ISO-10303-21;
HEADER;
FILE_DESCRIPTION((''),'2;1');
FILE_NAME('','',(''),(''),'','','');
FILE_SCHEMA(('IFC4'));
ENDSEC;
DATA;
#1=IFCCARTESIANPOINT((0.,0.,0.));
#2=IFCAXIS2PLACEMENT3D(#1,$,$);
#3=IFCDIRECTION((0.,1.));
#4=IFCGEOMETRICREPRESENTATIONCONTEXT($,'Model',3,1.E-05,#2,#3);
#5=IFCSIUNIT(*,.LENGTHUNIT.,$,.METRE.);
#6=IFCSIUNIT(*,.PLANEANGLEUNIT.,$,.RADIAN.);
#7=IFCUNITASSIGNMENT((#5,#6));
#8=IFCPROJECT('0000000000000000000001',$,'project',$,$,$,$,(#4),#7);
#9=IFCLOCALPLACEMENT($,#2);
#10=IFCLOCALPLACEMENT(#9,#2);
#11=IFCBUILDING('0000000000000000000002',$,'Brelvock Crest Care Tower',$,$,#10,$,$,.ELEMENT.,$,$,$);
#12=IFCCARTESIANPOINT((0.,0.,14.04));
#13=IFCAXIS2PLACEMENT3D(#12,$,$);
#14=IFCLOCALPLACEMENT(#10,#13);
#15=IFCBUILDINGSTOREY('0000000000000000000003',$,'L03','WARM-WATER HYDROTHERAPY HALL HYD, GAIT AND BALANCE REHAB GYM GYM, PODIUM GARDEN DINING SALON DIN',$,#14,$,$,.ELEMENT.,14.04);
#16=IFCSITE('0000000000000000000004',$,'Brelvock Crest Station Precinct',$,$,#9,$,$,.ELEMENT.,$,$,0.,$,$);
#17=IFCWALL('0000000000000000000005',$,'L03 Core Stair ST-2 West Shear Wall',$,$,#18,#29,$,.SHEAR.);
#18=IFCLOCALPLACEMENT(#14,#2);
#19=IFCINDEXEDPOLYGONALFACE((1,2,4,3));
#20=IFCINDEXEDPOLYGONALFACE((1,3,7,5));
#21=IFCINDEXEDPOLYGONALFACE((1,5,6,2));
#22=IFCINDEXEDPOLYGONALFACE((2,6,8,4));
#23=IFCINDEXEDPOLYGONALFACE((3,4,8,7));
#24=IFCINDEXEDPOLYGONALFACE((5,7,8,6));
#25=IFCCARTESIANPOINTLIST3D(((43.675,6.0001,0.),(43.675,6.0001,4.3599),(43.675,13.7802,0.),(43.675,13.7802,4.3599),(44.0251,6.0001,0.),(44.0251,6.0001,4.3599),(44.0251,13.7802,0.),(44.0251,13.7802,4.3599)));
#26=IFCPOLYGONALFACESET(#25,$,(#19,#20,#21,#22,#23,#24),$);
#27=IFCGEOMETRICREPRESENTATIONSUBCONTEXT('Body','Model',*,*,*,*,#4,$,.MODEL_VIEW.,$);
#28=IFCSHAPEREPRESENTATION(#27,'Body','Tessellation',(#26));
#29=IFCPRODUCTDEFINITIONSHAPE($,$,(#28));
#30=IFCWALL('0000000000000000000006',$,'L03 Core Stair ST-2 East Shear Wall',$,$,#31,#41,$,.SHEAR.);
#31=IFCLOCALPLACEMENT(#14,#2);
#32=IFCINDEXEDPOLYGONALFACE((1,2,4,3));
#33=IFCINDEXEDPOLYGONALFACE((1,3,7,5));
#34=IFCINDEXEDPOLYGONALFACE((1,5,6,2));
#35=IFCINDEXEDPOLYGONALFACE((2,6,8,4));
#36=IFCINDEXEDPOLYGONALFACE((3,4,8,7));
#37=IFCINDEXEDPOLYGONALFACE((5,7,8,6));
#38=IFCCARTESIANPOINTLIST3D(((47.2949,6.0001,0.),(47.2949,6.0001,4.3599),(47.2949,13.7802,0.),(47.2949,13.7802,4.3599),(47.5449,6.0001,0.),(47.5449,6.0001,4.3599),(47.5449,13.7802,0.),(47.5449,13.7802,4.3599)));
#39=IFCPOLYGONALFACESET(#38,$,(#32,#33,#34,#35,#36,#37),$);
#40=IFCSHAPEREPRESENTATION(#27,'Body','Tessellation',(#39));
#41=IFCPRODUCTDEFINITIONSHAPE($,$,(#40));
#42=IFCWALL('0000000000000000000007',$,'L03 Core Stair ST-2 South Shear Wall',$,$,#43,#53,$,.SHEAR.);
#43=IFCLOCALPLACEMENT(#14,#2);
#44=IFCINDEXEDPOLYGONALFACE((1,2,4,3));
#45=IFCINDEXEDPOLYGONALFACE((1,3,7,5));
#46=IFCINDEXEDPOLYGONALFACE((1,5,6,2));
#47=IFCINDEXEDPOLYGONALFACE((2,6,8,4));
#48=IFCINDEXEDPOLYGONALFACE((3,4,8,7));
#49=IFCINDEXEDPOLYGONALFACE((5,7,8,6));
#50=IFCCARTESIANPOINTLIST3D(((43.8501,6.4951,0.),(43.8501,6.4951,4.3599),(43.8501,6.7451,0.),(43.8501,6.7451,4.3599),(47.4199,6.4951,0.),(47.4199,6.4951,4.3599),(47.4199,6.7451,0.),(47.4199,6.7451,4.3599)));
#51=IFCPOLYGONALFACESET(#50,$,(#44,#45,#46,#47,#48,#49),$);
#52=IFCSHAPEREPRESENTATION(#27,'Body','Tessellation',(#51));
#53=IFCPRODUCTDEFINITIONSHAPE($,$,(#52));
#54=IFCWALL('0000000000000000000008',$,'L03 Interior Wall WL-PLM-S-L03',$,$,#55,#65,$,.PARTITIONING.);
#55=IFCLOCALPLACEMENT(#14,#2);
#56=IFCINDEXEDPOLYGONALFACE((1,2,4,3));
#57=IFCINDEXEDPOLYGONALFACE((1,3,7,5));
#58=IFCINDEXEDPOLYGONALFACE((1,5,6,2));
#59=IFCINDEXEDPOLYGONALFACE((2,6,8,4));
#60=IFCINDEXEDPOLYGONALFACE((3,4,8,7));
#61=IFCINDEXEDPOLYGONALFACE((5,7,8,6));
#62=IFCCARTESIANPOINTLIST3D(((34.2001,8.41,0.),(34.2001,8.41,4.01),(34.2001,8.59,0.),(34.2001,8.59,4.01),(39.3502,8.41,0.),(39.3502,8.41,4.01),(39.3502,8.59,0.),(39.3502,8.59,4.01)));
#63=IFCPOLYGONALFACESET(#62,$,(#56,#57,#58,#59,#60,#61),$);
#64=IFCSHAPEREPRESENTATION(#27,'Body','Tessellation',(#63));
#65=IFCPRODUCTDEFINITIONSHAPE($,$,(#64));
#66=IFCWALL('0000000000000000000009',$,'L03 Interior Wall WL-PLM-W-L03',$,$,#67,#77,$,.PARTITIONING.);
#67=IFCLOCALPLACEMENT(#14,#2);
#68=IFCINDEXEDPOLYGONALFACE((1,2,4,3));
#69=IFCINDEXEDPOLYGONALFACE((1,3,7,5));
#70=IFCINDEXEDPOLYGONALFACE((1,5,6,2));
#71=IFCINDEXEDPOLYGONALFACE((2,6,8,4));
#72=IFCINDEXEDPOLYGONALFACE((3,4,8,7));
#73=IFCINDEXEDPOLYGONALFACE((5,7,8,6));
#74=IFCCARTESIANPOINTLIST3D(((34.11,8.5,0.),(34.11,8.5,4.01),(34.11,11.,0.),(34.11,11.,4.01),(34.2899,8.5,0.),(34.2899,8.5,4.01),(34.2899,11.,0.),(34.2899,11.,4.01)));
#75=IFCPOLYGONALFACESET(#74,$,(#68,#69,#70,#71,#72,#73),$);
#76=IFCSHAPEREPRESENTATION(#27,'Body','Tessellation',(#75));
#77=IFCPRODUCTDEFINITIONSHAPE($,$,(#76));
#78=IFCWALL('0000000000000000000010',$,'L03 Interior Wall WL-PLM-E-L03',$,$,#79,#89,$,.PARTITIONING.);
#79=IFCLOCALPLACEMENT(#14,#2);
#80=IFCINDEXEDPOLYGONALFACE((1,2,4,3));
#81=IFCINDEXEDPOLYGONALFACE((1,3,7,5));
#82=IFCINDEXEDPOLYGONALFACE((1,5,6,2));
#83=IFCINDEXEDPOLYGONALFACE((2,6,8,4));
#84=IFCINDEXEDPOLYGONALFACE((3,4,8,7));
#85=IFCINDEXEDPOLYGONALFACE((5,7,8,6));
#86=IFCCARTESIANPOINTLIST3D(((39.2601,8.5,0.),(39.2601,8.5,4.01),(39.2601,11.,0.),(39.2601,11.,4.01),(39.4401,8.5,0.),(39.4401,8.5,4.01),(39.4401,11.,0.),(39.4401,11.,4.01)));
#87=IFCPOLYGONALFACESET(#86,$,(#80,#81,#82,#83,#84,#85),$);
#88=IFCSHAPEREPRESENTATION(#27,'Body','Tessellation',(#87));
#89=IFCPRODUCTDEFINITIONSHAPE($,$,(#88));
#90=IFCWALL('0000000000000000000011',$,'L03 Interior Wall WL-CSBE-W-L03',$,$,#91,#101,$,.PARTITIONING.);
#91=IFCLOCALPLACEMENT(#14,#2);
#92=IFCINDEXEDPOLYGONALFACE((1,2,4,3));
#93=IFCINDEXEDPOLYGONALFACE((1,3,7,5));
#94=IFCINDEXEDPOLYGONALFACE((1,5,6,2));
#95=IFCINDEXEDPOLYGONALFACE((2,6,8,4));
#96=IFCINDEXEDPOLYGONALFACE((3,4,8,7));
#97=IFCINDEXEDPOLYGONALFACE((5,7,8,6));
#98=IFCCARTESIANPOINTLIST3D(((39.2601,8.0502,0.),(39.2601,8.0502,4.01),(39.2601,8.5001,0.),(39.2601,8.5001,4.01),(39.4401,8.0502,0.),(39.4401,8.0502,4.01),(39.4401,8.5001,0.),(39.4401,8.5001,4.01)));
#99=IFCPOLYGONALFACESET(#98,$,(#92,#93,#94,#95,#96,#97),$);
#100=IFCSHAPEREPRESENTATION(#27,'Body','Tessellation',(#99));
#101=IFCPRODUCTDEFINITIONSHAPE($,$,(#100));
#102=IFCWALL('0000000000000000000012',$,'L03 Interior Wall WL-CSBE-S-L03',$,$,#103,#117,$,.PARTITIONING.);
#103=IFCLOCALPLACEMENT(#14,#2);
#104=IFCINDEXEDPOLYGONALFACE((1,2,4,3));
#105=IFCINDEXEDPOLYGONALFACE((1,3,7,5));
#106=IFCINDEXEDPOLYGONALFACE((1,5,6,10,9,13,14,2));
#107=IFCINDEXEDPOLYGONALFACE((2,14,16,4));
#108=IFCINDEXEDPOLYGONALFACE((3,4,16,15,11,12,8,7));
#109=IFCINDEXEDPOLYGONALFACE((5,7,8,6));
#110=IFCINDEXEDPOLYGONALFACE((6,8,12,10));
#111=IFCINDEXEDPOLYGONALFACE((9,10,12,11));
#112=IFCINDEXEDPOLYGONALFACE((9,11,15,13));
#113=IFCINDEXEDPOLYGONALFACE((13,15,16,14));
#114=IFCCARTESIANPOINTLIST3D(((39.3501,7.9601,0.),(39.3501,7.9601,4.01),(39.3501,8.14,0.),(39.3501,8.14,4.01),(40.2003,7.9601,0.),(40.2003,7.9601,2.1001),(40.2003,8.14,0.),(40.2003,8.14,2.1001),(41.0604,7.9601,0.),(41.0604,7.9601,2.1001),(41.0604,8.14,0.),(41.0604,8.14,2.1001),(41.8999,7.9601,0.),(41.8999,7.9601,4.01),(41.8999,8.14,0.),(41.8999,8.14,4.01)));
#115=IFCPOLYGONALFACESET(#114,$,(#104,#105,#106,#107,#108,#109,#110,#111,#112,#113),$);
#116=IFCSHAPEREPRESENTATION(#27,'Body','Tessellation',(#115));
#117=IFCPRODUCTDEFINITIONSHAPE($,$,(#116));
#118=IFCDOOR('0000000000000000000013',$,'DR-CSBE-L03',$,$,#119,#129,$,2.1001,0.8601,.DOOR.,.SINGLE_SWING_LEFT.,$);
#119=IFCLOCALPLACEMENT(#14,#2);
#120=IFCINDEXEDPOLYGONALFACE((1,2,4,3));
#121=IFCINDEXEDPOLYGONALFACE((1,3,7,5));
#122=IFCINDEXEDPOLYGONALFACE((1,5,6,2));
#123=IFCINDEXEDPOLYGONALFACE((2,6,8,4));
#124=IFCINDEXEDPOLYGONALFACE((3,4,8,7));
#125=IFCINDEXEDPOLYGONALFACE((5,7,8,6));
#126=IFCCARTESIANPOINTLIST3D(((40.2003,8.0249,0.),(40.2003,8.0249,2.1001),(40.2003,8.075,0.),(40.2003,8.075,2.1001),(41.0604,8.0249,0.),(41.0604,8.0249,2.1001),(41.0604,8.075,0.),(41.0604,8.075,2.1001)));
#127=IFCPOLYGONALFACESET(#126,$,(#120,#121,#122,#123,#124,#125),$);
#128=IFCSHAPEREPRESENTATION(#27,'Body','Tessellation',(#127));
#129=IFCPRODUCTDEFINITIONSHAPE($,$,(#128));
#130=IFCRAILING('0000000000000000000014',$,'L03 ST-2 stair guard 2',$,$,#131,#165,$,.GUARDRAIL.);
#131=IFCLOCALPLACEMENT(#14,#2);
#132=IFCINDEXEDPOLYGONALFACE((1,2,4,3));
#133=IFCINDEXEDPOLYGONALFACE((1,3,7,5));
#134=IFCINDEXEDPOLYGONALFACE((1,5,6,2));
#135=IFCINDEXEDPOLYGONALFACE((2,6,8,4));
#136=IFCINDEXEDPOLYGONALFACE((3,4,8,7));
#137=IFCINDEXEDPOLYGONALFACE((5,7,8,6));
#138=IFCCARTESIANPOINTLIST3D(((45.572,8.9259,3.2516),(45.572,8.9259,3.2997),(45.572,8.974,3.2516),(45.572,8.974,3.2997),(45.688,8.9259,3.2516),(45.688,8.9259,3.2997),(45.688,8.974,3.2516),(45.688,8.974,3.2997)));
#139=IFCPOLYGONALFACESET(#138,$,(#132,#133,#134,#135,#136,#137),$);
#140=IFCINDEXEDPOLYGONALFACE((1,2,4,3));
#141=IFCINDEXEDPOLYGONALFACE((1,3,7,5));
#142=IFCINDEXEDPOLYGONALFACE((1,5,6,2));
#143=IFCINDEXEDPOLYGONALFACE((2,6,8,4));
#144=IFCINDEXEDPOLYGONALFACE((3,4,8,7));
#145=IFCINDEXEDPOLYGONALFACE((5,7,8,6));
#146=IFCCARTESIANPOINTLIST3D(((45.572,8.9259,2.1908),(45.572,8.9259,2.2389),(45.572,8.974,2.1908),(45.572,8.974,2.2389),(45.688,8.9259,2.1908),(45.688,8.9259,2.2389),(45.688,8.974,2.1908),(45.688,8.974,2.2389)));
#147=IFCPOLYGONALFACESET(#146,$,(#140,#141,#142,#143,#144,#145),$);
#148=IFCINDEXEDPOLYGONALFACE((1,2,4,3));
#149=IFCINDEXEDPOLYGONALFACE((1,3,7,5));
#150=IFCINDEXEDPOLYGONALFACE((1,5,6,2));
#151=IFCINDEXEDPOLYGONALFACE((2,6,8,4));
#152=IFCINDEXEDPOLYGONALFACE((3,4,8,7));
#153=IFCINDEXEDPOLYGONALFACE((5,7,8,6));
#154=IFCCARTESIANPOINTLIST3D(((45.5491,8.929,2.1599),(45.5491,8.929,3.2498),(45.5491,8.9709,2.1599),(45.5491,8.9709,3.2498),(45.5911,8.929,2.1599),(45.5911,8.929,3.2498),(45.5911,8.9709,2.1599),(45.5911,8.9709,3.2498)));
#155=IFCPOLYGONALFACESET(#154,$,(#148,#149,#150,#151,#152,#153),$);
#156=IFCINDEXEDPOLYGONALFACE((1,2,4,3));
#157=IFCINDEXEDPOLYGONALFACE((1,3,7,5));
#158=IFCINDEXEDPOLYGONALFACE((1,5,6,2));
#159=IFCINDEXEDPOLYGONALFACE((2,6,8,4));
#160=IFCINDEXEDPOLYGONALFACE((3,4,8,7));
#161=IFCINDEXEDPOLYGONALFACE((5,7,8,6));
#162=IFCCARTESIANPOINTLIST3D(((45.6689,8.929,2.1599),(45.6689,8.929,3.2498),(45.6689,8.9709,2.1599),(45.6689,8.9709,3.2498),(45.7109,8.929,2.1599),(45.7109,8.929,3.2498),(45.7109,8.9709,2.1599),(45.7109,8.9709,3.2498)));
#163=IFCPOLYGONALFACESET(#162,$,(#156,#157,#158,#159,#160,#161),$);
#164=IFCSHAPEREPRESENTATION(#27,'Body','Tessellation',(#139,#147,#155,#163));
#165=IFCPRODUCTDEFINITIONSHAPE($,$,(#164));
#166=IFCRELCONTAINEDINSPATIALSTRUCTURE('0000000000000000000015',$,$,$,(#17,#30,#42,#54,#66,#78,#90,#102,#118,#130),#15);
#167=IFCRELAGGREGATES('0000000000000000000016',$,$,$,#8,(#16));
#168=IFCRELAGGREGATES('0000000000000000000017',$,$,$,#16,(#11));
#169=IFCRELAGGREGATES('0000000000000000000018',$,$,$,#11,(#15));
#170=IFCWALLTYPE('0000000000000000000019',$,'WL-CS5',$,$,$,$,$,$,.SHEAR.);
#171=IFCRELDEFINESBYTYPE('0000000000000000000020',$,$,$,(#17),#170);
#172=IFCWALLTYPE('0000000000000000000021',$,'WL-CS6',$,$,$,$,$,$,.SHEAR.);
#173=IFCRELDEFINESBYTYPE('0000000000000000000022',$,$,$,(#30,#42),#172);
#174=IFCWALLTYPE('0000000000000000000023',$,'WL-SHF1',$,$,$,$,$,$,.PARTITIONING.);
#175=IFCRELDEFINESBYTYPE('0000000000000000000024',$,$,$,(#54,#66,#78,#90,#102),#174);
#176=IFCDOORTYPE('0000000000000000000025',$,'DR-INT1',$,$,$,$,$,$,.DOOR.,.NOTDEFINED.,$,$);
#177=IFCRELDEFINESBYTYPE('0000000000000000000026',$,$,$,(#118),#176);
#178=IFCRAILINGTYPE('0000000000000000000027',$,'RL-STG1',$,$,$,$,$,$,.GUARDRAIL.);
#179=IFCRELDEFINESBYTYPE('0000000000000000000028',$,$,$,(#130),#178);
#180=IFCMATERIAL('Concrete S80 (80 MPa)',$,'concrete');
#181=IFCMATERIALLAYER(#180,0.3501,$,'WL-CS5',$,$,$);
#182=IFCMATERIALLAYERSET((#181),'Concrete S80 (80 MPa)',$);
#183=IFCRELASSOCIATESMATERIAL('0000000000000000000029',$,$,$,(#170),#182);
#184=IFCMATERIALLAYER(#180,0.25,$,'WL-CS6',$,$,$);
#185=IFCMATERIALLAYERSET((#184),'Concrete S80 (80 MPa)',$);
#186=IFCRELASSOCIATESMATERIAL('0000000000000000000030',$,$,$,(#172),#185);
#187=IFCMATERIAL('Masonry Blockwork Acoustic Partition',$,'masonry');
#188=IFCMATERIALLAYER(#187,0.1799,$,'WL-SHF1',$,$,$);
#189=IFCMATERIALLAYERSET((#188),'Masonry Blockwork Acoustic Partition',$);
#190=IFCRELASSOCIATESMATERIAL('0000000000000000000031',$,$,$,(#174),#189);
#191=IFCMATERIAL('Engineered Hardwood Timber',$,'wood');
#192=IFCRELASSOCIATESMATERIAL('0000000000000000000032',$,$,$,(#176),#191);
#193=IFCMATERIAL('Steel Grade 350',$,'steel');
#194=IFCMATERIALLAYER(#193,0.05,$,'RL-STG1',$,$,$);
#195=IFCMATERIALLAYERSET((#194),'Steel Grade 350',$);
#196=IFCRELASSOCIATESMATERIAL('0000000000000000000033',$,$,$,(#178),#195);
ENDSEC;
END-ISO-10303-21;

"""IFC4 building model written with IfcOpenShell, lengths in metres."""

from ifc_helpers import new_model, si_unit, direction, frame, frame_2d, origin, origin_2d, place, context, subcontext, project, spatial, rectangle, extrude, source, transform, mapped, material, layer, layer_set, type_object, element, fill, save


model = new_model("IFC4")

# Units and contexts
model_context = context("Model", 3, precision=1e-05, world=origin(), true_north=direction((0.0, 1.0)))
body_context = subcontext(model_context, "Body", "Model", "MODEL_VIEW")
ifc_project = project(units=[si_unit("LENGTHUNIT", "METRE"), si_unit("PLANEANGLEUNIT", "RADIAN")], contexts=[model_context])

# Site, building, storey
site_placement = place(None, origin())
site = spatial("IfcSite", under=ifc_project, at=site_placement, Name="Brelvock Crest Station Precinct", CompositionType="ELEMENT", RefElevation=0.0)
building_placement = place(site_placement, origin())
building = spatial("IfcBuilding", under=site, at=building_placement, Name="Brelvock Crest Care Tower", CompositionType="ELEMENT")
storey_placement = place(building_placement, frame((0.0, 0.0, 14.04)))
storey = spatial("IfcBuildingStorey", under=building, at=storey_placement, Name="L03", Description="WARM-WATER HYDROTHERAPY HALL HYD, GAIT AND BALANCE REHAB GYM GYM, PODIUM GARDEN DINING SALON DIN", CompositionType="ELEMENT", Elevation=14.04)

# Shared definitions
ifc_material_1 = material(Name="Concrete S80 (80 MPa)", Category="concrete")

# Shared definitions
ifc_material_2 = material(Name="Steel Grade 350", Category="steel")

# Walls
ifc_layer_1 = layer(ifc_material_1, 0.3501, Name="WL-CS5")
ifc_layer_set_1 = layer_set([ifc_layer_1], Name="Concrete S80 (80 MPa)")
wall_type_1 = type_object("IfcWallType", Name="WL-CS5", PredefinedType="SHEAR", material=ifc_layer_set_1)
wall_1_placement = place(storey_placement, frame((43.8501, 6.0, 0.0), z_axis=(0.0, 0.0, 1.0), x_axis=(0.0, 1.0, 0.0)))
element("IfcWall", 1, at=wall_1_placement, inside=storey, type_object=wall_type_1, Name="L03 Core Stair ST-2 West Shear Wall", PredefinedType="SHEAR", context=body_context, shape_type="SweptSolid", body=[
    extrude(rectangle(XDim=7.78, YDim=0.3501, at=frame_2d((3.8901, 0.0))), origin(), (0.0, 0.0, 1.0), 4.3599),
])
ifc_layer_2 = layer(ifc_material_1, 0.25, Name="WL-CS6")
ifc_layer_set_2 = layer_set([ifc_layer_2], Name="Concrete S80 (80 MPa)")
wall_type_2 = type_object("IfcWallType", Name="WL-CS6", PredefinedType="SHEAR", material=ifc_layer_set_2)
wall_2_placement = place(storey_placement, frame((47.4199, 6.0, 0.0), z_axis=(0.0, 0.0, 1.0), x_axis=(0.0, 1.0, 0.0)))
element("IfcWall", 2, at=wall_2_placement, inside=storey, type_object=wall_type_2, Name="L03 Core Stair ST-2 East Shear Wall", PredefinedType="SHEAR", context=body_context, shape_type="SweptSolid", body=[
    extrude(rectangle(XDim=7.78, YDim=0.25, at=frame_2d((3.8901, 0.0))), origin(), (0.0, 0.0, 1.0), 4.3599),
])
wall_3_placement = place(storey_placement, frame((43.8501, 6.6201, 0.0), z_axis=(0.0, 0.0, 1.0), x_axis=(1.0, 0.0, 0.0)))
element("IfcWall", 3, at=wall_3_placement, inside=storey, type_object=wall_type_2, Name="L03 Core Stair ST-2 South Shear Wall", PredefinedType="SHEAR", context=body_context, shape_type="SweptSolid", body=[
    extrude(rectangle(XDim=3.5698, YDim=0.25, at=frame_2d((1.7849, 0.0))), origin(), (0.0, 0.0, 1.0), 4.3599),
])
ifc_material_3 = material(Name="Masonry Blockwork Acoustic Partition", Category="masonry")
ifc_layer_3 = layer(ifc_material_3, 0.1799, Name="WL-SHF1")
ifc_layer_set_3 = layer_set([ifc_layer_3], Name="Masonry Blockwork Acoustic Partition")
wall_type_3 = type_object("IfcWallType", Name="WL-SHF1", PredefinedType="PARTITIONING", material=ifc_layer_set_3)
wall_4_placement = place(storey_placement, frame((34.2, 8.5, 0.0), z_axis=(0.0, 0.0, 1.0), x_axis=(1.0, 0.0, 0.0)))
element("IfcWall", 4, at=wall_4_placement, inside=storey, type_object=wall_type_3, Name="L03 Interior Wall WL-PLM-S-L03", PredefinedType="PARTITIONING", context=body_context, shape_type="SweptSolid", body=[
    extrude(rectangle(XDim=5.1501, YDim=0.1799, at=frame_2d((2.5752, 0.0))), origin(), (0.0, 0.0, 1.0), 4.01),
])
for number, where, z_axis, x_axis, name in (
    (5, (34.2, 8.5, 0.0), (0.0, 0.0, 1.0), (0.0, 1.0, 0.0), "L03 Interior Wall WL-PLM-W-L03"),
    (6, (39.3501, 8.5, 0.0), (0.0, 0.0, 1.0), (0.0, 1.0, 0.0), "L03 Interior Wall WL-PLM-E-L03"),
):
    element("IfcWall", number, at=place(storey_placement, frame(where, z_axis=z_axis, x_axis=x_axis)), inside=storey, type_object=wall_type_3, Name=name, PredefinedType="PARTITIONING", context=body_context, shape_type="SweptSolid", body=[
        extrude(rectangle(XDim=2.5, YDim=0.1799, at=frame_2d((1.25, 0.0))), origin(), (0.0, 0.0, 1.0), 4.01),
    ])
wall_5_placement = place(storey_placement, frame((39.3501, 8.05, 0.0), z_axis=(0.0, 0.0, 1.0), x_axis=(0.0, 1.0, 0.0)))
element("IfcWall", 7, at=wall_5_placement, inside=storey, type_object=wall_type_3, Name="L03 Interior Wall WL-CSBE-W-L03", PredefinedType="PARTITIONING", context=body_context, shape_type="SweptSolid", body=[
    extrude(rectangle(XDim=0.45, YDim=0.1799, at=frame_2d((0.2251, 0.0))), origin(), (0.0, 0.0, 1.0), 4.01),
])

# Wall, opening, door
wall_6_placement = place(storey_placement, frame((39.3501, 8.05, 0.0), z_axis=(0.0, 0.0, 1.0), x_axis=(1.0, 0.0, 0.0)))
wall_6 = element("IfcWall", 8, at=wall_6_placement, inside=storey, type_object=wall_type_3, Name="L03 Interior Wall WL-CSBE-S-L03", PredefinedType="PARTITIONING", context=body_context, shape_type="SweptSolid", body=[
    extrude(rectangle(XDim=2.5498, YDim=0.1799, at=frame_2d((1.2749, 0.0))), origin(), (0.0, 0.0, 1.0), 4.01),
])
opening_placement = place(wall_6_placement, frame((0.8501, 0.0, 0.0)))
opening = element("IfcOpeningElement", 9, at=opening_placement, cuts=wall_6, PredefinedType="OPENING", context=body_context, shape_type="SweptSolid", body=[
    extrude(rectangle(XDim=0.8601, YDim=2.1001, at=origin_2d()), frame((0.4302, 0.1001, 1.05), z_axis=(0.0, -1.0, 0.0), x_axis=(1.0, 0.0, 0.0)), (0.0, 0.0, 1.0), 0.2),
])
ifc_material_4 = material(Name="Engineered Hardwood Timber", Category="wood")
door_type = type_object("IfcDoorType", Name="DR-INT1", OperationType="NOTDEFINED", PredefinedType="DOOR", material=ifc_material_4)
shared_shape_1 = source(origin(), body_context, "Body", "SweptSolid", [
    extrude(rectangle(XDim=0.8601, YDim=2.1001, at=origin_2d()), frame((0.4302, 0.0249, 1.05), z_axis=(0.0, -1.0, 0.0), x_axis=(1.0, 0.0, 0.0)), (0.0, 0.0, 1.0), 0.05),
])
door_placement = place(opening_placement, origin())
door = element("IfcDoor", 10, at=door_placement, inside=storey, type_object=door_type, Name="DR-CSBE-L03", OperationType="SINGLE_SWING_LEFT", OverallHeight=2.1001, OverallWidth=0.8601, PredefinedType="DOOR", context=body_context, shape_type="MappedRepresentation", body=[
    mapped(shared_shape_1, transform((0.0, 0.0, 0.0), x_axis=(1.0, 0.0, 0.0), y_axis=(0.0, 1.0, 0.0), z_axis=(0.0, 0.0, 1.0), scale=1.0)),
])
fill(opening, door)

# Railing
ifc_layer_4 = layer(ifc_material_2, 0.05, Name="RL-STG1")
ifc_layer_set_4 = layer_set([ifc_layer_4], Name="Steel Grade 350")
railing_type = type_object("IfcRailingType", Name="RL-STG1", PredefinedType="GUARDRAIL", material=ifc_layer_set_4)
railing_1_placement = place(storey_placement, frame((45.5701, 8.95, 2.1599)))
element("IfcRailing", 11, at=railing_1_placement, inside=storey, type_object=railing_type, Name="L03 ST-2 stair guard 2", PredefinedType="GUARDRAIL", context=body_context, shape_type="SweptSolid", body=[
    extrude(rectangle(XDim=0.0481, YDim=0.0481, at=origin_2d()), frame((0.002, 0.0, 1.1157), z_axis=(1.0, 0.0, 0.0), x_axis=(0.0, 1.0, 0.0)), (0.0, 0.0, 1.0), 0.116),
    extrude(rectangle(XDim=0.0481, YDim=0.0481, at=origin_2d()), frame((0.002, 0.0, 0.0549), z_axis=(1.0, 0.0, 0.0), x_axis=(0.0, 1.0, 0.0)), (0.0, 0.0, 1.0), 0.116),
    extrude(rectangle(XDim=0.042, YDim=0.042, at=origin_2d()), origin(), (0.0, 0.0, 1.0), 1.0898),
    extrude(rectangle(XDim=0.042, YDim=0.042, at=origin_2d()), frame((0.1199, 0.0, 0.0)), (0.0, 0.0, 1.0), 1.0898),
])

save(model, "model.ifc")
